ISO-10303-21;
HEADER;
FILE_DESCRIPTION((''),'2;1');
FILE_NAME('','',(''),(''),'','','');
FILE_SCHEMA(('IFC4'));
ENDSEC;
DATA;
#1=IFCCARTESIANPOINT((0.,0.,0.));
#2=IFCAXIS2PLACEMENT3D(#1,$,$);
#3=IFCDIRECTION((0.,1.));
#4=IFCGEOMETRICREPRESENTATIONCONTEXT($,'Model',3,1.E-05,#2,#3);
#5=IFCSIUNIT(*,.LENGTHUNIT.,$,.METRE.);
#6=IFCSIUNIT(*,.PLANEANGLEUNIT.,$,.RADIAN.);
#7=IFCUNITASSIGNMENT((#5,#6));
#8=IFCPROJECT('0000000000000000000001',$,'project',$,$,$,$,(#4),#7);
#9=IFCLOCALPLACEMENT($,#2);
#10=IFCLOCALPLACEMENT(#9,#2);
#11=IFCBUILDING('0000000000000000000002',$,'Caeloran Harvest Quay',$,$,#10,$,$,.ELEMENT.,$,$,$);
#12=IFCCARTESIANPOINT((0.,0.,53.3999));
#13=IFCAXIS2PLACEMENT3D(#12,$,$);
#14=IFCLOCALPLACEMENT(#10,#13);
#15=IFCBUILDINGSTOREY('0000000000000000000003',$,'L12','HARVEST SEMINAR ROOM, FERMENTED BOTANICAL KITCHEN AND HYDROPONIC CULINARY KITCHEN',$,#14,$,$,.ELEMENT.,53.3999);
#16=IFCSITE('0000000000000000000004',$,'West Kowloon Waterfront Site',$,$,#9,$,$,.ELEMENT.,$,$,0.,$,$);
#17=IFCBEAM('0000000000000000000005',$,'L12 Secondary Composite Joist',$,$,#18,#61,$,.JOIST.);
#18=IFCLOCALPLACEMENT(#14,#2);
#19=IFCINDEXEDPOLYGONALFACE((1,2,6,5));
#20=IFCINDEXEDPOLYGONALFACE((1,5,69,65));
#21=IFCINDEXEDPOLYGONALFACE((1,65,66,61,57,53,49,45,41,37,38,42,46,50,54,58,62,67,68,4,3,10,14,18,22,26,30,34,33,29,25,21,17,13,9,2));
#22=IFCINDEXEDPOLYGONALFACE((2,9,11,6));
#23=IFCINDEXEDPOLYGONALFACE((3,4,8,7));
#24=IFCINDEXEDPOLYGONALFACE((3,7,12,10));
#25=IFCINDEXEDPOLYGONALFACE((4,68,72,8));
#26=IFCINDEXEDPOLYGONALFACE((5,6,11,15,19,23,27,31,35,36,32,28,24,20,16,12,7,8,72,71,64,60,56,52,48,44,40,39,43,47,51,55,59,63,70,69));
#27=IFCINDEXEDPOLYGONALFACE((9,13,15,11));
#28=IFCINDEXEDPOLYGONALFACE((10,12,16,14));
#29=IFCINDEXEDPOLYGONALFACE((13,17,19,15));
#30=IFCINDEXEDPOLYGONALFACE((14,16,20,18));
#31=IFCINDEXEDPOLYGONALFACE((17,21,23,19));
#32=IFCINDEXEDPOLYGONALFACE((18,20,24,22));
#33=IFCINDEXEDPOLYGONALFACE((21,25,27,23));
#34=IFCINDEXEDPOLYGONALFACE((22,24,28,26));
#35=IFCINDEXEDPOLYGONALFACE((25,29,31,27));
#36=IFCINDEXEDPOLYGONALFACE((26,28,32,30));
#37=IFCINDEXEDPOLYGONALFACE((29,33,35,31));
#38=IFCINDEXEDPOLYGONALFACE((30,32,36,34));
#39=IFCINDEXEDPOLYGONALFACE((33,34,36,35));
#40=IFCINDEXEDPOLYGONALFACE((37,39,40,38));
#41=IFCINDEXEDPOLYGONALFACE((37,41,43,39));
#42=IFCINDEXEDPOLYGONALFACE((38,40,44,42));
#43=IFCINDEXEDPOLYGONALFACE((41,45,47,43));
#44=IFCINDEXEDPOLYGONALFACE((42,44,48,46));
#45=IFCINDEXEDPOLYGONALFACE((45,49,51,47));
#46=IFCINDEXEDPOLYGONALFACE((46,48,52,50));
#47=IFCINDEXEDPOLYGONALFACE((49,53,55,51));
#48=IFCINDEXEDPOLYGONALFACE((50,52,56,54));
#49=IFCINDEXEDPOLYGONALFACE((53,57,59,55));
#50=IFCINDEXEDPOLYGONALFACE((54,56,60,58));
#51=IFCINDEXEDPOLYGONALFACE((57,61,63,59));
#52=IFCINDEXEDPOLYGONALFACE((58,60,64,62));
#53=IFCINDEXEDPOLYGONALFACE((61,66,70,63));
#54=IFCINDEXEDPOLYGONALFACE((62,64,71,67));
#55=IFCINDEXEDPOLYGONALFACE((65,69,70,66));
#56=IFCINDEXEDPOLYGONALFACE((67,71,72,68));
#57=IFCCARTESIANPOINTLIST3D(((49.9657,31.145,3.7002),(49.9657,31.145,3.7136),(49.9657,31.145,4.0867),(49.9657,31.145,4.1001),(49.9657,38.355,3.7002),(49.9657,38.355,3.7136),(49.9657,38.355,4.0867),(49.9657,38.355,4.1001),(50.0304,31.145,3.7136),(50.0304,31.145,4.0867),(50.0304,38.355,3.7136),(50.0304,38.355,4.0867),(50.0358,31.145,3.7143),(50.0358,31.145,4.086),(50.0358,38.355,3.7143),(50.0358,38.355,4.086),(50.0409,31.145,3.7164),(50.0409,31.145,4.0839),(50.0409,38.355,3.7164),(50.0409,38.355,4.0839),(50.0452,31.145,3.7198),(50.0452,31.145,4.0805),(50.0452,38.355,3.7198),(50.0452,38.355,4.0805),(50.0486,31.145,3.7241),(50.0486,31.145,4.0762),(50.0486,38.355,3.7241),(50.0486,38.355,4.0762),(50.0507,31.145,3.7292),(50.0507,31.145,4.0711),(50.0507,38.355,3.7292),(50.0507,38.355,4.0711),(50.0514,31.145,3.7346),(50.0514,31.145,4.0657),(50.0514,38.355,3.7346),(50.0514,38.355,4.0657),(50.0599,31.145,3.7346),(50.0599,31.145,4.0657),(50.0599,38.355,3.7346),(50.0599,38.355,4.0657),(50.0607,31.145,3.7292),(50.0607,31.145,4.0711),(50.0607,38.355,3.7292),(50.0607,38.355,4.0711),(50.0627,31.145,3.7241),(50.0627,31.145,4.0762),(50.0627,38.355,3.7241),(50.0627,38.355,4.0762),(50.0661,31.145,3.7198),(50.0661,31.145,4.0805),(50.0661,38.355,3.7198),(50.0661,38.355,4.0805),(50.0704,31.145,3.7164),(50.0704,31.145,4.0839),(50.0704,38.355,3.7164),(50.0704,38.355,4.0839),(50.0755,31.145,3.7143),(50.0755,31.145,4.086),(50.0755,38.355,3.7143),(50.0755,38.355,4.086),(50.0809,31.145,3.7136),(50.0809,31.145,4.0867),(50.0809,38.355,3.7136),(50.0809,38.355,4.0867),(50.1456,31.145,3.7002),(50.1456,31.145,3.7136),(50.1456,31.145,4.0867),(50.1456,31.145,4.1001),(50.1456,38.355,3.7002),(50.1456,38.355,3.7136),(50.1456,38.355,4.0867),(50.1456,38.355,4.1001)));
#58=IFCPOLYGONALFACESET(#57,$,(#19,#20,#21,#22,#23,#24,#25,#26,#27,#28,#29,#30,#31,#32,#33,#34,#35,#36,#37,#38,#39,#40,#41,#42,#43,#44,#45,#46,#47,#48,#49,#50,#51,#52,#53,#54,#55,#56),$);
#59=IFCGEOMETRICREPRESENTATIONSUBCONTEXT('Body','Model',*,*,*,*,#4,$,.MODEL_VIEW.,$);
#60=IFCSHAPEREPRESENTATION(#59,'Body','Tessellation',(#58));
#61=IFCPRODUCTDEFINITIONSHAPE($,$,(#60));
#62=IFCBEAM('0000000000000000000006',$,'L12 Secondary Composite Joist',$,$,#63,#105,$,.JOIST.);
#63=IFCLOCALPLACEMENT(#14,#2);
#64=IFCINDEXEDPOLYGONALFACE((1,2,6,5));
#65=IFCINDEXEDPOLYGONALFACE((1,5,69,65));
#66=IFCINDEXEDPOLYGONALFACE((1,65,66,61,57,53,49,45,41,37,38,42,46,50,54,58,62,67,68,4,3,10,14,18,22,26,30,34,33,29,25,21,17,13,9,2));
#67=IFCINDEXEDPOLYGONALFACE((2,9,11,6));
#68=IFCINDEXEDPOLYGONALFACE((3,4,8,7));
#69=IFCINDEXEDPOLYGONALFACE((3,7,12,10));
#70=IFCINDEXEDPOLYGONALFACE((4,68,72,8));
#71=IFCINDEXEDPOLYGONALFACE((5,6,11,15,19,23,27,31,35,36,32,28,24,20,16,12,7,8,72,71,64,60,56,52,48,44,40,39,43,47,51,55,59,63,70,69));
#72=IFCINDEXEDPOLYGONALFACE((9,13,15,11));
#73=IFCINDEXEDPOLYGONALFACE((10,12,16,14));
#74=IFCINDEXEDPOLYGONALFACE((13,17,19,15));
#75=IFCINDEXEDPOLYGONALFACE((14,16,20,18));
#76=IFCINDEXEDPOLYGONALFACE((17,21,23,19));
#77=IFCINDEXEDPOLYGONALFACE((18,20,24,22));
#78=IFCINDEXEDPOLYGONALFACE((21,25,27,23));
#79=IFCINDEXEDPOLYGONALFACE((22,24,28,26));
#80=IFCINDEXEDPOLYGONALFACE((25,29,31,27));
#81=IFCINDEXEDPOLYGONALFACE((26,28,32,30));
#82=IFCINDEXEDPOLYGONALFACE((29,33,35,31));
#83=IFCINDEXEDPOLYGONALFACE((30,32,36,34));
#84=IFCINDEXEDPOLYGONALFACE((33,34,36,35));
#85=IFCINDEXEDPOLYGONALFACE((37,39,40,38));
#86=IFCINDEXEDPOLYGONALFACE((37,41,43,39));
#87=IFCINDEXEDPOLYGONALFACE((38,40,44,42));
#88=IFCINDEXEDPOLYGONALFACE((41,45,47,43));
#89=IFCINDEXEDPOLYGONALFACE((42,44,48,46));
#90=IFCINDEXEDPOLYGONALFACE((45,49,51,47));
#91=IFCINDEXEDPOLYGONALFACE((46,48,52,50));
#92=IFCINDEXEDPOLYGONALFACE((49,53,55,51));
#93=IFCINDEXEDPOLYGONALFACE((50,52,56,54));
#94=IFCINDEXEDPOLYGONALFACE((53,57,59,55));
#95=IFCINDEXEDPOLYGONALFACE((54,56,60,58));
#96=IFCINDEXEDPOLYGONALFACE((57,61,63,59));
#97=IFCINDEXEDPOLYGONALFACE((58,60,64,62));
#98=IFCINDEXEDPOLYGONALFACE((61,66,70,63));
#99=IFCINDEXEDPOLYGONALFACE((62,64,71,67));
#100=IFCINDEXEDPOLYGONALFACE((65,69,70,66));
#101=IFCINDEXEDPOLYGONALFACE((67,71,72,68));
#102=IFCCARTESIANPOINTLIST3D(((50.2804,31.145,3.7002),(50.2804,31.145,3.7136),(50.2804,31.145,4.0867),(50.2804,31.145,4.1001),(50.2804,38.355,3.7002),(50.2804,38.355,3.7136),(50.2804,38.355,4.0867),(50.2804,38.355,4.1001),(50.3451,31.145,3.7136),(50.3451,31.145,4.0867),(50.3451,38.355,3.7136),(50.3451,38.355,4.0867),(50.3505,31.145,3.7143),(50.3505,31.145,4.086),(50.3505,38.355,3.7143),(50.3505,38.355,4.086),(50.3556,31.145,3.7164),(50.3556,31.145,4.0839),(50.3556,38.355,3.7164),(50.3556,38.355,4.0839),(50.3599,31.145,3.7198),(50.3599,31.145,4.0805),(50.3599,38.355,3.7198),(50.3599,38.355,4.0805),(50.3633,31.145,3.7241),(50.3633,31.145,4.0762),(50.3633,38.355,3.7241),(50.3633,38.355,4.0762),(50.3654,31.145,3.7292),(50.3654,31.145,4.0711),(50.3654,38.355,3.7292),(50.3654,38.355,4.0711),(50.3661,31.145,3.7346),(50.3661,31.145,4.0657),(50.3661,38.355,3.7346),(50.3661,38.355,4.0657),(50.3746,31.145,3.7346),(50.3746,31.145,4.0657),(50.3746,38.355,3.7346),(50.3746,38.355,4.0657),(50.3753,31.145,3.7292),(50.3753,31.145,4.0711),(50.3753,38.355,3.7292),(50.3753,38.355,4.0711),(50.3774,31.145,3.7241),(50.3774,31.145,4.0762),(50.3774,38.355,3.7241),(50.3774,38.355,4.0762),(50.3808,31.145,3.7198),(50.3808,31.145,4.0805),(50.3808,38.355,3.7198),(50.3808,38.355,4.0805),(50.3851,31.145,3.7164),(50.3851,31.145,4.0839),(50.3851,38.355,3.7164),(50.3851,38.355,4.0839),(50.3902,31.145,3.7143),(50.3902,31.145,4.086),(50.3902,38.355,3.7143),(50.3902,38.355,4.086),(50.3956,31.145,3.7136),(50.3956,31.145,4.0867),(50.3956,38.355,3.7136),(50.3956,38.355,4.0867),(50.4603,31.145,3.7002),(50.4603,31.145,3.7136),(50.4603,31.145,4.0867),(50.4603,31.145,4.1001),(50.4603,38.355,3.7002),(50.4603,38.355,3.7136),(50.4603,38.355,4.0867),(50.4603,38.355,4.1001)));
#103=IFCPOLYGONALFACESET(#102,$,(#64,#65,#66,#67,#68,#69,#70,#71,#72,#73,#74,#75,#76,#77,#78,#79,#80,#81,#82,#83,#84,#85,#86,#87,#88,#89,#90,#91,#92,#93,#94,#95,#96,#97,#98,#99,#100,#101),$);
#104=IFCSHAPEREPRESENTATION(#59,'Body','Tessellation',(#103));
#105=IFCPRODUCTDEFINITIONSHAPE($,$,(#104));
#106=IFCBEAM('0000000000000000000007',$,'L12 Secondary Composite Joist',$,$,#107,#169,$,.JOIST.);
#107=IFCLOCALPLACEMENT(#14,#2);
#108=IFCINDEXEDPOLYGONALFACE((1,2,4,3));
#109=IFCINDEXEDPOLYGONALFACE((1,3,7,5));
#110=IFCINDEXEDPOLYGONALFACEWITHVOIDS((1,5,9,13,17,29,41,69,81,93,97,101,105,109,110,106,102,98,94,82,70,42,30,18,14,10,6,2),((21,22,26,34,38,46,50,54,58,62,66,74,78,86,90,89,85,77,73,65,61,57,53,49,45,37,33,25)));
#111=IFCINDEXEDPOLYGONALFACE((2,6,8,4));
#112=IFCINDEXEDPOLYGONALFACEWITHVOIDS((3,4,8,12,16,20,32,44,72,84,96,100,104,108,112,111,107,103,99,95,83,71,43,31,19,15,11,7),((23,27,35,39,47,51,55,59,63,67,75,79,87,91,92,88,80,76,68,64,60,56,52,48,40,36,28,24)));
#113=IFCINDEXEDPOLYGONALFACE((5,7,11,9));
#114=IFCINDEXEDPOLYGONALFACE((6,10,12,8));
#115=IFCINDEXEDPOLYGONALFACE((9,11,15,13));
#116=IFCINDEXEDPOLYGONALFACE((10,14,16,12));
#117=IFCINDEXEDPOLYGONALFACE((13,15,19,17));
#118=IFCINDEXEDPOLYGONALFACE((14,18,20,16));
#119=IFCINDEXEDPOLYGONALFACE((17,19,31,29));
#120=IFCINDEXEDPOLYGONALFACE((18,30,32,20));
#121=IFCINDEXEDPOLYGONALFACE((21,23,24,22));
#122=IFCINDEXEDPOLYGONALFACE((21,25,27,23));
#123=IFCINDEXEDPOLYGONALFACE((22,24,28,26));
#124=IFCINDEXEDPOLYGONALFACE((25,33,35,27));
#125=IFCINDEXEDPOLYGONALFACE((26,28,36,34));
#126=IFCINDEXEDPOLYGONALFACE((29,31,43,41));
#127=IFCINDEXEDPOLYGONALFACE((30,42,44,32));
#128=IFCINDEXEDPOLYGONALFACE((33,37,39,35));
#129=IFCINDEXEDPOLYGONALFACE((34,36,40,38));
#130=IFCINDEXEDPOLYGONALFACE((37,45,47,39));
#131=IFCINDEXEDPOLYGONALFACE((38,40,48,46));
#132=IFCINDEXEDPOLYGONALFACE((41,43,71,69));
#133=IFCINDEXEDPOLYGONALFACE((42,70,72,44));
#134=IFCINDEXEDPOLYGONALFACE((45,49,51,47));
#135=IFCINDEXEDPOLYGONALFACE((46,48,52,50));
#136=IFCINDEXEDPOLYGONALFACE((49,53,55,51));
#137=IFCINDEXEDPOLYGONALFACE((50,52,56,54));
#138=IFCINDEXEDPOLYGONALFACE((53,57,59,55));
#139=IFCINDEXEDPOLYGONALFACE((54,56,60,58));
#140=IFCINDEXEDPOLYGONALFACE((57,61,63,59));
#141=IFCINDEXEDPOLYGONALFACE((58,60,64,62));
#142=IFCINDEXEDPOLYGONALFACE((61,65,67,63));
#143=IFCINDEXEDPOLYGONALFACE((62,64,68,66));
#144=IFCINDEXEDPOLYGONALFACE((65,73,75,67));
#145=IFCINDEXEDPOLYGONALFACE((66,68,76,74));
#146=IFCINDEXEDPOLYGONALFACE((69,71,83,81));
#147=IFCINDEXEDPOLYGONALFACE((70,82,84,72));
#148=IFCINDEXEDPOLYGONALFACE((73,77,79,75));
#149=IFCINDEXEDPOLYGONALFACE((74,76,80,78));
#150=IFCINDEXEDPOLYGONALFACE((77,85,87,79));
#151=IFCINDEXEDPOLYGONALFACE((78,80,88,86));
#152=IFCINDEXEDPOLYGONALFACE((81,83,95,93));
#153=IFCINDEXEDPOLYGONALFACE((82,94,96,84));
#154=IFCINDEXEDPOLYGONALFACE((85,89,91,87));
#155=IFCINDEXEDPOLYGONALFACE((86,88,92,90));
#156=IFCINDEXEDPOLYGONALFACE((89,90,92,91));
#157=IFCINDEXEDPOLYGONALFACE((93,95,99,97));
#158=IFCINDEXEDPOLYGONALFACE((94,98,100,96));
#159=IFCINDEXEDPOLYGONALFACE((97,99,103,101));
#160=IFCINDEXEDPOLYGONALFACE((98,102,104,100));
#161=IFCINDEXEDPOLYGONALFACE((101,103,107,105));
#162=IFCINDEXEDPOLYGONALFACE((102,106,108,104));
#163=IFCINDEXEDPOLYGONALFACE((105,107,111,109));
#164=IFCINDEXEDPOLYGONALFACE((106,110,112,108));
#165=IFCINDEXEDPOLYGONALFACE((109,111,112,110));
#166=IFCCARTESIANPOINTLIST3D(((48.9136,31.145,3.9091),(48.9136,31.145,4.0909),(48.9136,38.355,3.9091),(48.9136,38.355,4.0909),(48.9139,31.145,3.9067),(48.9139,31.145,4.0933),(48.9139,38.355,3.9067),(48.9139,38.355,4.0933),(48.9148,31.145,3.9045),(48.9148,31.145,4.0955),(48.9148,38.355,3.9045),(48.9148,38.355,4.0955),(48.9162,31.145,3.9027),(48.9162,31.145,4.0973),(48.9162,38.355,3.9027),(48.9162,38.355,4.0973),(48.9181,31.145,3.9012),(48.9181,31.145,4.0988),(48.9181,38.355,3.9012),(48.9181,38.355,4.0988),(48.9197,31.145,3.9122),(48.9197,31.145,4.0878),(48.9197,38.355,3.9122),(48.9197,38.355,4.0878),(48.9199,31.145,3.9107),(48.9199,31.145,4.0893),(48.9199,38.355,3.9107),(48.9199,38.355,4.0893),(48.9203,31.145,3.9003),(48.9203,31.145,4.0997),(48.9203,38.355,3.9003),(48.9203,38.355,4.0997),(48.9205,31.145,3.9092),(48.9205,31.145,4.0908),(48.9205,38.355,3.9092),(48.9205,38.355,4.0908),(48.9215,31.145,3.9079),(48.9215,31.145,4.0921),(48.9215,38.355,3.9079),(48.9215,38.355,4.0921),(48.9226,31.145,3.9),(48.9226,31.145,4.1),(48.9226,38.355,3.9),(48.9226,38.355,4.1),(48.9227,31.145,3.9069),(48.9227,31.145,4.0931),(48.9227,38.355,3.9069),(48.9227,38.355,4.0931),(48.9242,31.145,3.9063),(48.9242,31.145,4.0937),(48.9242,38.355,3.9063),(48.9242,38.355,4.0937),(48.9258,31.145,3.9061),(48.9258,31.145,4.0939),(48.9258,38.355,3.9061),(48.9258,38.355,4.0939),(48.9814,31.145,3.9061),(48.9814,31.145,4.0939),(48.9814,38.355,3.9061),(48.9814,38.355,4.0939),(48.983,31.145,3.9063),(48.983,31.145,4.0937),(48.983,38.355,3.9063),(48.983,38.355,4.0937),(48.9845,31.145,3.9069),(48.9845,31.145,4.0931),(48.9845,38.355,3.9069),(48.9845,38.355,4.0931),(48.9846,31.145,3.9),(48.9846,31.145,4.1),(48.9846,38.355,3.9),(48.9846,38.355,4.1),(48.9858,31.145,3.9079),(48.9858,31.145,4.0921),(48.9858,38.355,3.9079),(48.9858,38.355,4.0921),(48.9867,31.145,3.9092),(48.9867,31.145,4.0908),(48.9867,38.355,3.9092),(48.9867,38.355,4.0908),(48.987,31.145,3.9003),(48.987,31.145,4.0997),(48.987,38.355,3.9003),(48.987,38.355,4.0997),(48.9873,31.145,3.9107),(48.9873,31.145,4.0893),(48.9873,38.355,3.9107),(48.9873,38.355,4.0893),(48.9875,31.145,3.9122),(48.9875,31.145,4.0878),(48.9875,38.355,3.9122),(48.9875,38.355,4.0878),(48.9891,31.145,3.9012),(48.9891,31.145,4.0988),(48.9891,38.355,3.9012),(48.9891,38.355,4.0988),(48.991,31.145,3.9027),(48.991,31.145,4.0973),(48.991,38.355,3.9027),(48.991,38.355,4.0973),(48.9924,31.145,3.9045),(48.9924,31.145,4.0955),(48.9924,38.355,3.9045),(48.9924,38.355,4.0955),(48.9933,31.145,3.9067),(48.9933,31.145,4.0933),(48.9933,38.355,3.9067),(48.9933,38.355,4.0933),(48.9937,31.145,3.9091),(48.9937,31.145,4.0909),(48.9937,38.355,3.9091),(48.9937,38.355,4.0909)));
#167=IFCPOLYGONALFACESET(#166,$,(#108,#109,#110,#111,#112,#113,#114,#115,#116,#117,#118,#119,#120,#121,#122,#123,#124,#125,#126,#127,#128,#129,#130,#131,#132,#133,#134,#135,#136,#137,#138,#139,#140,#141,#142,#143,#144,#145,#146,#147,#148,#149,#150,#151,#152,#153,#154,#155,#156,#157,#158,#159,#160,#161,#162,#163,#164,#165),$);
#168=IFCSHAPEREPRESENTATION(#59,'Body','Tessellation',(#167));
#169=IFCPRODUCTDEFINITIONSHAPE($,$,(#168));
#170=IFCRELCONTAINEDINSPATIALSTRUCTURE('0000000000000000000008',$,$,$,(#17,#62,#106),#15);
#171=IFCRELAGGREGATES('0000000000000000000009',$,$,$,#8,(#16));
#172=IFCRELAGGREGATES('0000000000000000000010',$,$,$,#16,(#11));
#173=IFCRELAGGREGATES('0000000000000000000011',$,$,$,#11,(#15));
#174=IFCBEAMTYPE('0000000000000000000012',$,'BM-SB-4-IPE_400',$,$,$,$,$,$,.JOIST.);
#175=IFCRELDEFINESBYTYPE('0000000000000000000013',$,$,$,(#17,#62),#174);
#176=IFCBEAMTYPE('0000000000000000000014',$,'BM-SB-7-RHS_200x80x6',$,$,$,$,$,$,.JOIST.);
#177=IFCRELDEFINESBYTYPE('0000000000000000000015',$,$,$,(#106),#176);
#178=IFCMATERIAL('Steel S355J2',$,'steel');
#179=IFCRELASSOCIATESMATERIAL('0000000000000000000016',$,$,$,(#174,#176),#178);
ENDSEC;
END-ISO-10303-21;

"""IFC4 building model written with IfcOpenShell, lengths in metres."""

from ifc_helpers import new_model, si_unit, direction, frame, origin, origin_2d, place, context, subcontext, project, spatial, hollow_rectangle, i_section, extrude, material, material_profile, profile_set, type_object, element, save


model = new_model("IFC4")

# Units and contexts
model_context = context("Model", 3, precision=1e-05, world=origin(), true_north=direction((0.0, 1.0)))
body_context = subcontext(model_context, "Body", "Model", "MODEL_VIEW")
ifc_project = project(units=[si_unit("LENGTHUNIT", "METRE"), si_unit("PLANEANGLEUNIT", "RADIAN")], contexts=[model_context])

# Site, building, storey
site_placement = place(None, origin())
site = spatial("IfcSite", under=ifc_project, at=site_placement, Name="West Kowloon Waterfront Site", CompositionType="ELEMENT", RefElevation=0.0)
building_placement = place(site_placement, origin())
building = spatial("IfcBuilding", under=site, at=building_placement, Name="Caeloran Harvest Quay", CompositionType="ELEMENT")
storey_placement = place(building_placement, frame((0.0, 0.0, 53.3999)))
storey = spatial("IfcBuildingStorey", under=building, at=storey_placement, Name="L12", Description="HARVEST SEMINAR ROOM, FERMENTED BOTANICAL KITCHEN AND HYDROPONIC CULINARY KITCHEN", CompositionType="ELEMENT", Elevation=53.3999)

# Beams
ifc_material_1 = material(Name="Steel S355J2", Category="steel")
ifc_material_profile_1 = material_profile(ifc_material_1, i_section(OverallWidth=0.1799, OverallDepth=0.3999, WebThickness=0.0085, FlangeThickness=0.0134, FilletRadius=0.021, at=origin_2d()), Name="IPE 400")
ifc_profile_set_1 = profile_set([ifc_material_profile_1], Name="Steel S355J2")
beam_type_1 = type_object("IfcBeamType", Name="BM-SB-4-IPE_400", PredefinedType="JOIST", material=ifc_profile_set_1)
for number, where, z_axis, x_axis, name in (
    (1, (50.0557, 31.145, 3.9001), (0.0, 1.0, 0.0), (-1.0, 0.0, 0.0), "L12 Secondary Composite Joist"),
    (2, (50.3704, 31.145, 3.9001), (0.0, 1.0, 0.0), (-1.0, 0.0, 0.0), "L12 Secondary Composite Joist"),
):
    element("IfcBeam", number, at=place(storey_placement, frame(where, z_axis=z_axis, x_axis=x_axis)), inside=storey, type_object=beam_type_1, Name=name, PredefinedType="JOIST", context=body_context, shape_type="SweptSolid", body=[
        extrude(i_section(OverallWidth=0.1799, OverallDepth=0.3999, WebThickness=0.0085, FlangeThickness=0.0134, FilletRadius=0.021, at=origin_2d()), origin(), (0.0, 0.0, 1.0), 7.21),
    ])
ifc_material_profile_2 = material_profile(ifc_material_1, hollow_rectangle(XDim=0.0801, YDim=0.2, WallThickness=0.0061, InnerFilletRadius=0.0061, OuterFilletRadius=0.009, at=origin_2d()), Name="RHS 200x80x6")
ifc_profile_set_2 = profile_set([ifc_material_profile_2], Name="Steel S355J2")
beam_type_2 = type_object("IfcBeamType", Name="BM-SB-7-RHS_200x80x6", PredefinedType="JOIST", material=ifc_profile_set_2)
for number, where, z_axis, x_axis, name in (
    (3, (48.9536, 31.145, 4.0), (0.0, 1.0, 0.0), (-1.0, 0.0, 0.0), "L12 Secondary Composite Joist"),
):
    element("IfcBeam", number, at=place(storey_placement, frame(where, z_axis=z_axis, x_axis=x_axis)), inside=storey, type_object=beam_type_2, Name=name, PredefinedType="JOIST", context=body_context, shape_type="SweptSolid", body=[
        extrude(hollow_rectangle(XDim=0.0801, YDim=0.2, WallThickness=0.0061, InnerFilletRadius=0.0061, OuterFilletRadius=0.009, at=origin_2d()), origin(), (0.0, 0.0, 1.0), 7.21),
    ])

save(model, "model.ifc")
